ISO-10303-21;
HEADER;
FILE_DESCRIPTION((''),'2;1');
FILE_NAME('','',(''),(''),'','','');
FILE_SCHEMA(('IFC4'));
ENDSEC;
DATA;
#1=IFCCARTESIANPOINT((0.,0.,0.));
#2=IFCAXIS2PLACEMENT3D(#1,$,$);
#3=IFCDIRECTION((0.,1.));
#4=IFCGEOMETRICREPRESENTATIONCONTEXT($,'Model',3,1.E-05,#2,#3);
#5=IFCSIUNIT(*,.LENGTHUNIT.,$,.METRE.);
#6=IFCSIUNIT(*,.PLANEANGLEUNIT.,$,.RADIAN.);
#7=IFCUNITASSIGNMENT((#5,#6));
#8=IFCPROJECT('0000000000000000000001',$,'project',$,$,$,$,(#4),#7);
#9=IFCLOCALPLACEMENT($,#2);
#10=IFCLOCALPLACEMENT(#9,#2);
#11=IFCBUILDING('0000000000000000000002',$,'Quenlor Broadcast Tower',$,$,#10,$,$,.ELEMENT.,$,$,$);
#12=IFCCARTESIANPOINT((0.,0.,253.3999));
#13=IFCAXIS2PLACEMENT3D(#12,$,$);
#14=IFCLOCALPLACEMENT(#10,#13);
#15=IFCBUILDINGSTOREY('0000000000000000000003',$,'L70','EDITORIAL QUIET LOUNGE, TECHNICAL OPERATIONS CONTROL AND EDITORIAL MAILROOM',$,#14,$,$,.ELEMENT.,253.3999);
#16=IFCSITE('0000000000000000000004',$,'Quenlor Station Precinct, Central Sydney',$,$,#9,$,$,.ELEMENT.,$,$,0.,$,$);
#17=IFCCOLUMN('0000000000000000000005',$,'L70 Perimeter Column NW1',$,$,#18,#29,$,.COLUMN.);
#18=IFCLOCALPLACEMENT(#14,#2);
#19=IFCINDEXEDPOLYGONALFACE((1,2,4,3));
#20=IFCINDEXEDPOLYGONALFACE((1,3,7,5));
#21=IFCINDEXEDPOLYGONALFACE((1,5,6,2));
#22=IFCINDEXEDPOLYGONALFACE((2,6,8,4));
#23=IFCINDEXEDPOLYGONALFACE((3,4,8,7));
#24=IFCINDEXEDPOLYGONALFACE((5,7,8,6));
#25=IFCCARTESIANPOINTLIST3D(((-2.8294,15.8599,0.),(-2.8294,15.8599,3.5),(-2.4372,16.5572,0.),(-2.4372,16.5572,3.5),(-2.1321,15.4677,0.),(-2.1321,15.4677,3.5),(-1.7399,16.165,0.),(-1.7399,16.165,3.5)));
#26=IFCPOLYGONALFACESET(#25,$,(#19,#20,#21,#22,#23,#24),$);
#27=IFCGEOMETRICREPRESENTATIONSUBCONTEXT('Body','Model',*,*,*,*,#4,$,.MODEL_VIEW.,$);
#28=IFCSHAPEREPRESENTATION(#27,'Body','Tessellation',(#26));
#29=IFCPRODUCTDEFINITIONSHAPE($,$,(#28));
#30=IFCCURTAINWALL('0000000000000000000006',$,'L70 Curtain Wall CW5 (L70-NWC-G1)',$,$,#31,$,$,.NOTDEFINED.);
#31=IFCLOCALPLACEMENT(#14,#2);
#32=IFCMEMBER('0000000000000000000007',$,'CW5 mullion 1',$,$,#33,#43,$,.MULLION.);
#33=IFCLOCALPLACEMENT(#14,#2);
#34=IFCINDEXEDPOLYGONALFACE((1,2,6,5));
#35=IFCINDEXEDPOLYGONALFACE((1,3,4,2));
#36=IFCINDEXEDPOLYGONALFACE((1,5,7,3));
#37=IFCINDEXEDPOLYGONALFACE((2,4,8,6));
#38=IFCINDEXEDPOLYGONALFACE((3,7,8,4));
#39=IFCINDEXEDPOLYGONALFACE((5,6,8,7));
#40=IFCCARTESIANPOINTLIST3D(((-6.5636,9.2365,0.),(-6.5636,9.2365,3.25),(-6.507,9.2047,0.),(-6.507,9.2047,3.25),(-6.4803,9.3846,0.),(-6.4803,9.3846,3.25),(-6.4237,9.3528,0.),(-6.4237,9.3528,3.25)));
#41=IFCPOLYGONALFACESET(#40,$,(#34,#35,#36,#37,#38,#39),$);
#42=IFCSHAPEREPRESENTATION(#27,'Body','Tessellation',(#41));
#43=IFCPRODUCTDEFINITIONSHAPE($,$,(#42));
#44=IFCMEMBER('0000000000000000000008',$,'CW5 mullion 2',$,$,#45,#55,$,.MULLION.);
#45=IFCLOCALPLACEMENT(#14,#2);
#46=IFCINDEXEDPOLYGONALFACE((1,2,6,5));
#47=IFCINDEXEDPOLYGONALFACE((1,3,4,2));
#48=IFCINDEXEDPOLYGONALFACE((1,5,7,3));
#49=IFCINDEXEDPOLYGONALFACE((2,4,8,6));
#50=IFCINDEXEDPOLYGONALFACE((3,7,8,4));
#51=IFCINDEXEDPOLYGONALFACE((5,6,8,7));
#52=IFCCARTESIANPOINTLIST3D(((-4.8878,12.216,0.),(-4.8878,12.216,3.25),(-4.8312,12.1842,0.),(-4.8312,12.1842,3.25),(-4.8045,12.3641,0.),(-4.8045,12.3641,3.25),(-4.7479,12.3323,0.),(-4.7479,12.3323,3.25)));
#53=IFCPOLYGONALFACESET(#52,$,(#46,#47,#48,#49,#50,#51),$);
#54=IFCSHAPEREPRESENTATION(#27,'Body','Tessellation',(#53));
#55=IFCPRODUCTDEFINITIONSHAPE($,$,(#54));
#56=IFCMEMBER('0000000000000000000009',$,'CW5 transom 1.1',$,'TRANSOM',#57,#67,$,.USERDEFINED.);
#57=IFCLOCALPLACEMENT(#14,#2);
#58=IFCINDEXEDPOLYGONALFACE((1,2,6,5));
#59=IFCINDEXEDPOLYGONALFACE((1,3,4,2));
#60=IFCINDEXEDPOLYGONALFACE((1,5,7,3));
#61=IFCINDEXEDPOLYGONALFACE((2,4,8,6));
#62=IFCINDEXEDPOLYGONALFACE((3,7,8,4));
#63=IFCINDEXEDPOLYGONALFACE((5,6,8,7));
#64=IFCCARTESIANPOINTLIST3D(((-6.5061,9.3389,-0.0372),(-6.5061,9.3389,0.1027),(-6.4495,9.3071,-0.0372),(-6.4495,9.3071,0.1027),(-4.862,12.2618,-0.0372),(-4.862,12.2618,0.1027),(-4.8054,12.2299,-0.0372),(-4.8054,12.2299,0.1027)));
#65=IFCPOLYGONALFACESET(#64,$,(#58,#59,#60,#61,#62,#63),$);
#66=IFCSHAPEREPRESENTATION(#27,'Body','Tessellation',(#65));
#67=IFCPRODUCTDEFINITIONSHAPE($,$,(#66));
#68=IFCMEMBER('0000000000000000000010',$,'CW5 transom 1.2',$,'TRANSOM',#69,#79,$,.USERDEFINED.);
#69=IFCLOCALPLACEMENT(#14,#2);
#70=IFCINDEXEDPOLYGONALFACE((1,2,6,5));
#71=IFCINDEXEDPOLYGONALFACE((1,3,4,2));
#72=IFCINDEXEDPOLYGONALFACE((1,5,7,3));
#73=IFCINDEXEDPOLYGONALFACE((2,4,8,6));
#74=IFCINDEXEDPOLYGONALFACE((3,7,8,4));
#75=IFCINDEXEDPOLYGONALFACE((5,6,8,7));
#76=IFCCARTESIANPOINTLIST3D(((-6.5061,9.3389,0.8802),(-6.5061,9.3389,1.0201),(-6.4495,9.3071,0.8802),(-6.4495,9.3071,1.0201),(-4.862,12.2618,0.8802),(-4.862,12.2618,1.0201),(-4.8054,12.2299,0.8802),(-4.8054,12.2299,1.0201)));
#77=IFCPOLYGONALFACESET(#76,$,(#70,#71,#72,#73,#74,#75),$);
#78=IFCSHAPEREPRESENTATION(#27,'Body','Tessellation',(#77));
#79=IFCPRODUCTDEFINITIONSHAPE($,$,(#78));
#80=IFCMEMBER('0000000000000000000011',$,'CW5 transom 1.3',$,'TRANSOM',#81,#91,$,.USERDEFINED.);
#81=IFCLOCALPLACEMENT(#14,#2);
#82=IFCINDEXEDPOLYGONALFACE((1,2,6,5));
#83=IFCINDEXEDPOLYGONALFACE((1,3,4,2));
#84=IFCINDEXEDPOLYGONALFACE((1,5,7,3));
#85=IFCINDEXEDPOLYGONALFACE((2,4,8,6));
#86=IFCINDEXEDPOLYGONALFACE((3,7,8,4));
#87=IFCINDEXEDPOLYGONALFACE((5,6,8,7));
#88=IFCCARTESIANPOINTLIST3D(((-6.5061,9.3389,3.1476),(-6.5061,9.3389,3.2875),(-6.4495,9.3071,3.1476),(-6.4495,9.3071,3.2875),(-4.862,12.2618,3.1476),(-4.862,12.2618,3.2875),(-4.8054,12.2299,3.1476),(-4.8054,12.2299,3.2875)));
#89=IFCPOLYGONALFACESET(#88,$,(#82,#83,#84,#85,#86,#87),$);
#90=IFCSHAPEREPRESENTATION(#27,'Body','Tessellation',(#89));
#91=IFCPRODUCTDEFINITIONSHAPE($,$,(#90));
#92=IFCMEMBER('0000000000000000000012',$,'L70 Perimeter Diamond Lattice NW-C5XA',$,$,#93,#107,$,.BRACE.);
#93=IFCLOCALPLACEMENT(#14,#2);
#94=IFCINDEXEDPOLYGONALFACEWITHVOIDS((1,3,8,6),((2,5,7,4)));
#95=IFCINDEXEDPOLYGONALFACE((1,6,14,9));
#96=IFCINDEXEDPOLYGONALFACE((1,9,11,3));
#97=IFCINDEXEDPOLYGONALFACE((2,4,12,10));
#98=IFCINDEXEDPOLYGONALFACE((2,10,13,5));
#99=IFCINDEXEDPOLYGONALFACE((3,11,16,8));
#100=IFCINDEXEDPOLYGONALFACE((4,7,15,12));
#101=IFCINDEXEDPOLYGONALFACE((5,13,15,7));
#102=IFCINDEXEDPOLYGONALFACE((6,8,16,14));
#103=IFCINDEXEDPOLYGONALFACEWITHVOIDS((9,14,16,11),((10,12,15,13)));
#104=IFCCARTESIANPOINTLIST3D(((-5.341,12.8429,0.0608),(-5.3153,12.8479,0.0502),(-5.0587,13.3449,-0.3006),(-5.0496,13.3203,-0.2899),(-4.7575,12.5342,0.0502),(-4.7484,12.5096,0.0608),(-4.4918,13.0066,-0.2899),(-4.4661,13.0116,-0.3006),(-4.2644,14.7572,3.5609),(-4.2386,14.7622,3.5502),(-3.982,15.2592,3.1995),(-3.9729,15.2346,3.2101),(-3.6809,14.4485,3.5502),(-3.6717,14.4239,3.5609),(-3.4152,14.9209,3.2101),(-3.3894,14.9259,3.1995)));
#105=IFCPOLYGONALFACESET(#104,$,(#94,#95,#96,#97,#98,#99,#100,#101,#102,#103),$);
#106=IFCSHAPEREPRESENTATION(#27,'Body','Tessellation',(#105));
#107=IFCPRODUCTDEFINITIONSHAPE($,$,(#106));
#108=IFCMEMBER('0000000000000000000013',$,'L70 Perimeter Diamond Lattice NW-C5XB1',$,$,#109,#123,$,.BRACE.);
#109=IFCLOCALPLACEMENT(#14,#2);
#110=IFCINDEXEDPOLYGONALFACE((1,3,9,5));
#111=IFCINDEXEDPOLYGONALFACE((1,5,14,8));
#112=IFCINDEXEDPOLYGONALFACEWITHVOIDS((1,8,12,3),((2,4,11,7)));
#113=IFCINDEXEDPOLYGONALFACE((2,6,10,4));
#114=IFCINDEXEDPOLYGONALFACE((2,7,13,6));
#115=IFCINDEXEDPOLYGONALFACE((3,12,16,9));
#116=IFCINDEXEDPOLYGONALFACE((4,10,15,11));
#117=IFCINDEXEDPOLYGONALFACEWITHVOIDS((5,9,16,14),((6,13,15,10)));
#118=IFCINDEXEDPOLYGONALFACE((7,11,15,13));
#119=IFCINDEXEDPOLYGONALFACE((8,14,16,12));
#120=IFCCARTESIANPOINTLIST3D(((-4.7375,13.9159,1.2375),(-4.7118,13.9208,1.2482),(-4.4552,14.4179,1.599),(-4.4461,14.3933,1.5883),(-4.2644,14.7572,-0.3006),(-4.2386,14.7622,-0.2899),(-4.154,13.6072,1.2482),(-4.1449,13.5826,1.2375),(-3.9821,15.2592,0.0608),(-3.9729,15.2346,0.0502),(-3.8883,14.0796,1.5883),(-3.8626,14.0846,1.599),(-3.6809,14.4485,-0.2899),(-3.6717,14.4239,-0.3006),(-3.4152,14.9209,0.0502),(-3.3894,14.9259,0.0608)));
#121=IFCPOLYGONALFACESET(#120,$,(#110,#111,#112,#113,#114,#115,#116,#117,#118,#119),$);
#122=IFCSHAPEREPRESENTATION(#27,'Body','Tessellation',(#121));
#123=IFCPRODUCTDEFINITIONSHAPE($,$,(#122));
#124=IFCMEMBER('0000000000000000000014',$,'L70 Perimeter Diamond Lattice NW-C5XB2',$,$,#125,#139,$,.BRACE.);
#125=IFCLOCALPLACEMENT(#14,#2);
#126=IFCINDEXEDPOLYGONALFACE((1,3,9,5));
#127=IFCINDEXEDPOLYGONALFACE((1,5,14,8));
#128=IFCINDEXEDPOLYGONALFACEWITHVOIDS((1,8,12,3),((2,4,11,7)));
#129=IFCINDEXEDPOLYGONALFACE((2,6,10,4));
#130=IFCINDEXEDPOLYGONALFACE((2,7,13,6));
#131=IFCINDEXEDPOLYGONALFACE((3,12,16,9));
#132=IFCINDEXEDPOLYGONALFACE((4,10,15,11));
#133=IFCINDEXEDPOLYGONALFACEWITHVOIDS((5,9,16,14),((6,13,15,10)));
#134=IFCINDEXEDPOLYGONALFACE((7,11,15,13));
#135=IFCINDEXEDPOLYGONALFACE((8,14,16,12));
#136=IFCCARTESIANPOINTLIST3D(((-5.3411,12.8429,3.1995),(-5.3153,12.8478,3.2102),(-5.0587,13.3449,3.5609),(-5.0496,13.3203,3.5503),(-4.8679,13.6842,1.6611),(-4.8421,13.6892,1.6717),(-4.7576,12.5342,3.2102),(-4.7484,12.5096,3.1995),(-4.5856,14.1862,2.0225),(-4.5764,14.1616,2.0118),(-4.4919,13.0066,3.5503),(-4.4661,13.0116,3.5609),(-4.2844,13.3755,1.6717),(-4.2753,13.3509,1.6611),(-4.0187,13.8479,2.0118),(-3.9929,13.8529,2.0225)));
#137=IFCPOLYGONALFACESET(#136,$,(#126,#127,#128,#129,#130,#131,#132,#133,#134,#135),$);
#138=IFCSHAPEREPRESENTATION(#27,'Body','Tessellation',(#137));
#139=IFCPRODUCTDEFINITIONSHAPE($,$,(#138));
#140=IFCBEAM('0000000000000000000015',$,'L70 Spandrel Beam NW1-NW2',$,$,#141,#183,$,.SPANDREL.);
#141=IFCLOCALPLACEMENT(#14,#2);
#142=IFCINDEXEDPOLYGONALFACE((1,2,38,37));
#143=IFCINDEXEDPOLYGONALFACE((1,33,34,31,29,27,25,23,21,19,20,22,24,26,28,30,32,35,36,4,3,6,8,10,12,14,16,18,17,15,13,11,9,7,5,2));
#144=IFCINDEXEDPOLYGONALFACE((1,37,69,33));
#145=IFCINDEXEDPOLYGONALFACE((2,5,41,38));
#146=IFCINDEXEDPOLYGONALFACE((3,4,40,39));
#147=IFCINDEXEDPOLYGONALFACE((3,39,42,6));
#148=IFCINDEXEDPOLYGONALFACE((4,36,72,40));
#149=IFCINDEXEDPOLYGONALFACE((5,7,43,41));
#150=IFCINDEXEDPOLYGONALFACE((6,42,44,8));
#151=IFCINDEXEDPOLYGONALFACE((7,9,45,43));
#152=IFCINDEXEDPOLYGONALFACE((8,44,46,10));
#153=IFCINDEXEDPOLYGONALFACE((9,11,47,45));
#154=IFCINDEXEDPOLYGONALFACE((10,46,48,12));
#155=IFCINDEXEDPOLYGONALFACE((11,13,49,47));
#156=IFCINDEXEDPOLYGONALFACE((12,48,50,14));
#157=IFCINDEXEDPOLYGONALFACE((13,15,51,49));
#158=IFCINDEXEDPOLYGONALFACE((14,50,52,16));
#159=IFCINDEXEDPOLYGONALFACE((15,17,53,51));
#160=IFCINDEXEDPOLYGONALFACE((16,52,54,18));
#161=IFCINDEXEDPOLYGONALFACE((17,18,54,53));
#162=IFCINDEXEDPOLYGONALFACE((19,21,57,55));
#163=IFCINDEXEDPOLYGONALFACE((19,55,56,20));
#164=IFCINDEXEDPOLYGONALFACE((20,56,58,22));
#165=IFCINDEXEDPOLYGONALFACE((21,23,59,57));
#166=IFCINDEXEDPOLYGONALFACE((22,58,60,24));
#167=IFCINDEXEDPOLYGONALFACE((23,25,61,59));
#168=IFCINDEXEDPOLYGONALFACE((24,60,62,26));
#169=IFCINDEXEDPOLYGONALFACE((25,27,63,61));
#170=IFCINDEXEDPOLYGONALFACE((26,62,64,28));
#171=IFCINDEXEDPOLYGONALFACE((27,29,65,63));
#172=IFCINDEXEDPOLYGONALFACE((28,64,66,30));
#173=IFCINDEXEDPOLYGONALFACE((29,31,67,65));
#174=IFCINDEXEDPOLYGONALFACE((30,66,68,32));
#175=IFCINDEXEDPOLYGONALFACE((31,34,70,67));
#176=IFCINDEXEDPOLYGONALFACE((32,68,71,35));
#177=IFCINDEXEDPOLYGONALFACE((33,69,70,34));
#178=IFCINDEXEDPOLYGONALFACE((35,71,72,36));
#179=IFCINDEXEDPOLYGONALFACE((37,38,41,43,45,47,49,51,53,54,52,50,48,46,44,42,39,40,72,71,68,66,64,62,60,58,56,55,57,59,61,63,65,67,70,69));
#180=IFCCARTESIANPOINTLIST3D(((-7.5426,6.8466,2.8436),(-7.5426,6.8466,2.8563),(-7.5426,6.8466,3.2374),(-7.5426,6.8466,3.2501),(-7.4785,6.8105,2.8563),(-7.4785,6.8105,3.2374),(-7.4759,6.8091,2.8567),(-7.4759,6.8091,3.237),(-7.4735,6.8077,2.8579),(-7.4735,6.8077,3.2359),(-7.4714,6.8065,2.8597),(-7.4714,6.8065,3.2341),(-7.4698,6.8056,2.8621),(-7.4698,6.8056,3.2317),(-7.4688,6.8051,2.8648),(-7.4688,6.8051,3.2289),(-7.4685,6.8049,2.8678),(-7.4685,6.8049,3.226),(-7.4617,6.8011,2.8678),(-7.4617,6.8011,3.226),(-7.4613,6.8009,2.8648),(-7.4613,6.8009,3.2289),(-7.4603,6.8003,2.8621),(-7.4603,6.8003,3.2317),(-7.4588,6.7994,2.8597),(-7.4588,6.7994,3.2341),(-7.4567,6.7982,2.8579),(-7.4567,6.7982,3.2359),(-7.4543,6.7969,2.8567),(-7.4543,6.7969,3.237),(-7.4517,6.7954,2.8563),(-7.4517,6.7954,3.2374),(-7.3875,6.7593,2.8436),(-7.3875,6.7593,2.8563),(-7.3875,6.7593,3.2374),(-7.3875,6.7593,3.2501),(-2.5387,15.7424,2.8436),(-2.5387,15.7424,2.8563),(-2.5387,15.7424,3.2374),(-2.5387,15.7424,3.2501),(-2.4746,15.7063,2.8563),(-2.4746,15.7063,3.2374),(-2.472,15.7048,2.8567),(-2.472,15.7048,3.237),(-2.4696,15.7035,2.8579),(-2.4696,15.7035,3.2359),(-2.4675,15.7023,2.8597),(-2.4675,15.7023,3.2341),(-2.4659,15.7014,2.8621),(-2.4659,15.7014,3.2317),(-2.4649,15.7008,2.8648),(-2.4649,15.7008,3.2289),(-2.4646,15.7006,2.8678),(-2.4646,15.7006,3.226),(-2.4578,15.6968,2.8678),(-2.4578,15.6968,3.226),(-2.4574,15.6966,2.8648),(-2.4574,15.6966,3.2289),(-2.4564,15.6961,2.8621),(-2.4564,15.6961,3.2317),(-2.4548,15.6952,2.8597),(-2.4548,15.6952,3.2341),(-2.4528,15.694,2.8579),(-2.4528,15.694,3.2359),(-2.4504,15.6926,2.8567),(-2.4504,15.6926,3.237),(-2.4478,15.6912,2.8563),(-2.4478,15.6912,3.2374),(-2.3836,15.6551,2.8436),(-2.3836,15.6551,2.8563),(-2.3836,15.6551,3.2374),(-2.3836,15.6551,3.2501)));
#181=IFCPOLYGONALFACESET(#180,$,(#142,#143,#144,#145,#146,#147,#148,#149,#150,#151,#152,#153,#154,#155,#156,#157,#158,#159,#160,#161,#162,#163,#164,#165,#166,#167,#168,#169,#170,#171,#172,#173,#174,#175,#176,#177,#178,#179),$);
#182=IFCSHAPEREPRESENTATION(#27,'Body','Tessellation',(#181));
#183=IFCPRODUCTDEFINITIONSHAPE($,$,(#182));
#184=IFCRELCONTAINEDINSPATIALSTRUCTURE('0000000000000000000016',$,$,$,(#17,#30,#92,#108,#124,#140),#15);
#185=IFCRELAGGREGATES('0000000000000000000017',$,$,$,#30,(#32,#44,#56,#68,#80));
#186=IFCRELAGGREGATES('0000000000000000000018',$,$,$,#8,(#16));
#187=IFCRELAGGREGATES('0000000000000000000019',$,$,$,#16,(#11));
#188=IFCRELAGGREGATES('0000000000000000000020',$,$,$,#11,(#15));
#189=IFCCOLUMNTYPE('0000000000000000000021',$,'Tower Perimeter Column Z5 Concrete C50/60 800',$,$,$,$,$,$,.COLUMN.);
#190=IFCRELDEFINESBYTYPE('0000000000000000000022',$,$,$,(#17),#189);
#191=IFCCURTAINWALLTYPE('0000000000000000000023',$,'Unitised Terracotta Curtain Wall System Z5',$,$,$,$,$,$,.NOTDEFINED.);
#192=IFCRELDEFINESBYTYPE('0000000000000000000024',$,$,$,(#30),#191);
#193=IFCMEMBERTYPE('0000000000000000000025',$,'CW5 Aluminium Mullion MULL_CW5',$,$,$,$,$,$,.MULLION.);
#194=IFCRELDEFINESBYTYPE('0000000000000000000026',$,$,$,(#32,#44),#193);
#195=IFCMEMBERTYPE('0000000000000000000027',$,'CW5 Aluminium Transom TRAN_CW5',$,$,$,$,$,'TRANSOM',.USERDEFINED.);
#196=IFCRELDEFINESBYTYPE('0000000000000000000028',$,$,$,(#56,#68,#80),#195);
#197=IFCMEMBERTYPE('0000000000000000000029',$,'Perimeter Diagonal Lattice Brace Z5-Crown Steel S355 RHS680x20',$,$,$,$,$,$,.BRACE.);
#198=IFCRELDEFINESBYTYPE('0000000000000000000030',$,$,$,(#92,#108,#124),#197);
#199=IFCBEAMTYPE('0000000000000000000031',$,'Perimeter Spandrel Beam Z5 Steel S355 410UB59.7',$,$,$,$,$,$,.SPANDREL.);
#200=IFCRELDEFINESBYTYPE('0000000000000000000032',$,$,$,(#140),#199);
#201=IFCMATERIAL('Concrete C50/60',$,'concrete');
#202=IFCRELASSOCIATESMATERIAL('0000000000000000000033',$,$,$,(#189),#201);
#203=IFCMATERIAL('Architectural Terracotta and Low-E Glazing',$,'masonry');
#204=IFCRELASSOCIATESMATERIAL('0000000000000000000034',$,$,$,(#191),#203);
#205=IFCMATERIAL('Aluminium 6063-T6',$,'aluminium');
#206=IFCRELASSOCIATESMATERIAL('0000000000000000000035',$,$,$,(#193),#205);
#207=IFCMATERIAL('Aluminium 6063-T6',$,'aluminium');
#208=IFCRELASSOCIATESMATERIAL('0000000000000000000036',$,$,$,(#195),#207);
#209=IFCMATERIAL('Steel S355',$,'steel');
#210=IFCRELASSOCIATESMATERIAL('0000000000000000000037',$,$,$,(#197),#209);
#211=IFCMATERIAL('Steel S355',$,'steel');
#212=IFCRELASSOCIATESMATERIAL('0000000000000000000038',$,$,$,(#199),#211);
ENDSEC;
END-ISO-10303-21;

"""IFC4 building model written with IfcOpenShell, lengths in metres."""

from ifc_helpers import new_model, si_unit, direction, frame, origin, origin_2d, place, context, subcontext, project, spatial, rectangle, hollow_rectangle, i_section, extrude, material, material_profile, profile_set, type_object, element, aggregate, save


model = new_model("IFC4")

# Units and contexts
model_context = context("Model", 3, precision=1e-05, world=origin(), true_north=direction((0.0, 1.0)))
body_context = subcontext(model_context, "Body", "Model", "MODEL_VIEW")
ifc_project = project(units=[si_unit("LENGTHUNIT", "METRE"), si_unit("PLANEANGLEUNIT", "RADIAN")], contexts=[model_context])

# Site, building, storey
site_placement = place(None, origin())
site = spatial("IfcSite", under=ifc_project, at=site_placement, Name="Quenlor Station Precinct, Central Sydney", CompositionType="ELEMENT", RefElevation=0.0)
building_placement = place(site_placement, origin())
building = spatial("IfcBuilding", under=site, at=building_placement, Name="Quenlor Broadcast Tower", CompositionType="ELEMENT")
storey_placement = place(building_placement, frame((0.0, 0.0, 253.3999)))
storey = spatial("IfcBuildingStorey", under=building, at=storey_placement, Name="L70", Description="EDITORIAL QUIET LOUNGE, TECHNICAL OPERATIONS CONTROL AND EDITORIAL MAILROOM", CompositionType="ELEMENT", Elevation=253.3999)

# Column
ifc_material_1 = material(Name="Concrete C50/60", Category="concrete")
ifc_material_profile_1 = material_profile(ifc_material_1, rectangle(XDim=0.8, YDim=0.8, at=origin_2d()))
ifc_profile_set_1 = profile_set([ifc_material_profile_1], Name="Concrete C50/60 RC800x800")
column_type = type_object("IfcColumnType", Name="Tower Perimeter Column Z5 Concrete C50/60 800", PredefinedType="COLUMN", material=ifc_profile_set_1)
column_placement = place(storey_placement, frame((-2.2847, 16.0125, 0.0), z_axis=(0.0, 0.0, 1.0), x_axis=(-0.871575, 0.490262, 0.0)))
element("IfcColumn", 1, at=column_placement, inside=storey, type_object=column_type, Name="L70 Perimeter Column NW1", PredefinedType="COLUMN", context=body_context, shape_type="SweptSolid", body=[
    extrude(rectangle(XDim=0.8, YDim=0.8, at=origin_2d()), origin(), (0.0, 0.0, 1.0), 3.5),
])

# Curtain wall, members
ifc_material_2 = material(Name="Architectural Terracotta and Low-E Glazing", Category="masonry")
curtain_wall_type = type_object("IfcCurtainWallType", Name="Unitised Terracotta Curtain Wall System Z5", PredefinedType="NOTDEFINED", material=ifc_material_2)
curtain_wall_placement = place(storey_placement, origin())
curtain_wall = element("IfcCurtainWall", 2, at=curtain_wall_placement, inside=storey, type_object=curtain_wall_type, Name="L70 Curtain Wall CW5 (L70-NWC-G1)", PredefinedType="NOTDEFINED")
ifc_material_3 = material(Name="Aluminium 6063-T6", Category="aluminium")
ifc_material_profile_2 = material_profile(ifc_material_3, rectangle(XDim=0.0649, YDim=0.1699, at=origin_2d()))
ifc_profile_set_2 = profile_set([ifc_material_profile_2], Name="Aluminium 6063-T6 MULL65x170")
member_type_1 = type_object("IfcMemberType", Name="CW5 Aluminium Mullion MULL_CW5", PredefinedType="MULLION", material=ifc_profile_set_2)
member_1_placement = place(storey_placement, frame((-6.4937, 9.2947, 0.0), z_axis=(0.0, 0.0, 1.0), x_axis=(-0.871582, 0.49025, 0.0)))
member_1 = element("IfcMember", 3, at=member_1_placement, type_object=member_type_1, Name="CW5 mullion 1", PredefinedType="MULLION", context=body_context, shape_type="SweptSolid", body=[
    extrude(rectangle(XDim=0.0649, YDim=0.1699, at=origin_2d()), origin(), (0.0, 0.0, 1.0), 3.25),
])
member_2_placement = place(storey_placement, frame((-4.8179, 12.2742, 0.0), z_axis=(0.0, 0.0, 1.0), x_axis=(-0.871582, 0.49025, 0.0)))
member_2 = element("IfcMember", 4, at=member_2_placement, type_object=member_type_1, Name="CW5 mullion 2", PredefinedType="MULLION", context=body_context, shape_type="SweptSolid", body=[
    extrude(rectangle(XDim=0.0649, YDim=0.1699, at=origin_2d()), origin(), (0.0, 0.0, 1.0), 3.25),
])
ifc_material_4 = material(Name="Aluminium 6063-T6", Category="aluminium")
ifc_material_profile_3 = material_profile(ifc_material_4, rectangle(XDim=0.0649, YDim=0.1399, at=origin_2d()))
ifc_profile_set_3 = profile_set([ifc_material_profile_3], Name="Aluminium 6063-T6 TRAN65x140")
member_type_2 = type_object("IfcMemberType", Name="CW5 Aluminium Transom TRAN_CW5", ElementType="TRANSOM", PredefinedType="USERDEFINED", material=ifc_profile_set_3)
member_3_placement = place(storey_placement, frame((-6.4778, 9.323, 0.0327), z_axis=(0.490247, 0.871583, 0.0), x_axis=(-0.871583, 0.490247, 0.0)))
member_3 = element("IfcMember", 5, at=member_3_placement, type_object=member_type_2, Name="CW5 transom 1.1", ObjectType="TRANSOM", PredefinedType="USERDEFINED", context=body_context, shape_type="SweptSolid", body=[
    extrude(rectangle(XDim=0.0649, YDim=0.1399, at=origin_2d()), origin(), (0.0, 0.0, 1.0), 3.3535),
])
member_4_placement = place(storey_placement, frame((-6.4778, 9.323, 0.9502), z_axis=(0.490247, 0.871583, 0.0), x_axis=(-0.871583, 0.490247, 0.0)))
member_4 = element("IfcMember", 6, at=member_4_placement, type_object=member_type_2, Name="CW5 transom 1.2", ObjectType="TRANSOM", PredefinedType="USERDEFINED", context=body_context, shape_type="SweptSolid", body=[
    extrude(rectangle(XDim=0.0649, YDim=0.1399, at=origin_2d()), origin(), (0.0, 0.0, 1.0), 3.3535),
])
member_5_placement = place(storey_placement, frame((-6.4778, 9.323, 3.2175), z_axis=(0.490247, 0.871583, 0.0), x_axis=(-0.871583, 0.490247, 0.0)))
member_5 = element("IfcMember", 7, at=member_5_placement, type_object=member_type_2, Name="CW5 transom 1.3", ObjectType="TRANSOM", PredefinedType="USERDEFINED", context=body_context, shape_type="SweptSolid", body=[
    extrude(rectangle(XDim=0.0649, YDim=0.1399, at=origin_2d()), origin(), (0.0, 0.0, 1.0), 3.3535),
])

# Members
ifc_material_5 = material(Name="Steel S355", Category="steel")
ifc_material_profile_4 = material_profile(ifc_material_5, hollow_rectangle(XDim=0.6799, YDim=0.6799, WallThickness=0.02, at=origin_2d()))
ifc_profile_set_4 = profile_set([ifc_material_profile_4], Name="Steel S355 RHS680x680x20")
member_type_3 = type_object("IfcMemberType", Name="Perimeter Diagonal Lattice Brace Z5-Crown Steel S355 RHS680x20", PredefinedType="BRACE", material=ifc_profile_set_4)
member_6_placement = place(storey_placement, frame((-4.9036, 12.9272, -0.1199), z_axis=(0.260564, 0.463283, 0.847039), x_axis=(-0.871602, 0.490214, 0.0)))
element("IfcMember", 8, at=member_6_placement, inside=storey, type_object=member_type_3, Name="L70 Perimeter Diamond Lattice NW-C5XA", PredefinedType="BRACE", context=body_context, shape_type="SweptSolid", body=[
    extrude(hollow_rectangle(XDim=0.6799, YDim=0.6799, WallThickness=0.02, at=origin_2d()), origin(), (0.0, 0.0, 1.0), 4.1321),
])
member_7_placement = place(storey_placement, frame((-3.8269, 14.8416, -0.1199), z_axis=(-0.260561, -0.463309, 0.847025), x_axis=(0.871616, -0.490189, 0.0)))
element("IfcMember", 9, at=member_7_placement, inside=storey, type_object=member_type_3, Name="L70 Perimeter Diamond Lattice NW-C5XB1", PredefinedType="BRACE", context=body_context, shape_type="SweptSolid", body=[
    extrude(hollow_rectangle(XDim=0.6799, YDim=0.6799, WallThickness=0.02, at=origin_2d()), origin(), (0.0, 0.0, 1.0), 1.8159),
])
member_8_placement = place(storey_placement, frame((-4.4304, 13.7686, 1.8418), z_axis=(-0.260532, -0.463257, 0.847063), x_axis=(0.871616, -0.490189, 0.0)))
element("IfcMember", 10, at=member_8_placement, inside=storey, type_object=member_type_3, Name="L70 Perimeter Diamond Lattice NW-C5XB2", PredefinedType="BRACE", context=body_context, shape_type="SweptSolid", body=[
    extrude(hollow_rectangle(XDim=0.6799, YDim=0.6799, WallThickness=0.02, at=origin_2d()), origin(), (0.0, 0.0, 1.0), 1.8162),
])

# Beam
ifc_material_6 = material(Name="Steel S355", Category="steel")
ifc_material_profile_5 = material_profile(ifc_material_6, i_section(OverallWidth=0.178, OverallDepth=0.4065, WebThickness=0.0078, FlangeThickness=0.0127, FilletRadius=0.0115, at=origin_2d()))
ifc_profile_set_5 = profile_set([ifc_material_profile_5], Name="Steel S355 410UB59.7")
beam_type_1 = type_object("IfcBeamType", Name="Perimeter Spandrel Beam Z5 Steel S355 410UB59.7", PredefinedType="SPANDREL", material=ifc_profile_set_5)
beam_1_placement = place(storey_placement, frame((-2.4612, 15.6987, 3.0469), z_axis=(-0.490265, -0.871574, 0.0), x_axis=(0.871574, -0.490265, 0.0)))
element("IfcBeam", 11, at=beam_1_placement, inside=storey, type_object=beam_type_1, Name="L70 Spandrel Beam NW1-NW2", PredefinedType="SPANDREL", context=body_context, shape_type="SweptSolid", body=[
    extrude(i_section(OverallWidth=0.178, OverallDepth=0.4065, WebThickness=0.0078, FlangeThickness=0.0127, FilletRadius=0.0115, at=origin_2d()), origin(), (0.0, 0.0, 1.0), 10.2065),
])

aggregate(curtain_wall, [member_1, member_2, member_3, member_4, member_5])

save(model, "model.ifc")
